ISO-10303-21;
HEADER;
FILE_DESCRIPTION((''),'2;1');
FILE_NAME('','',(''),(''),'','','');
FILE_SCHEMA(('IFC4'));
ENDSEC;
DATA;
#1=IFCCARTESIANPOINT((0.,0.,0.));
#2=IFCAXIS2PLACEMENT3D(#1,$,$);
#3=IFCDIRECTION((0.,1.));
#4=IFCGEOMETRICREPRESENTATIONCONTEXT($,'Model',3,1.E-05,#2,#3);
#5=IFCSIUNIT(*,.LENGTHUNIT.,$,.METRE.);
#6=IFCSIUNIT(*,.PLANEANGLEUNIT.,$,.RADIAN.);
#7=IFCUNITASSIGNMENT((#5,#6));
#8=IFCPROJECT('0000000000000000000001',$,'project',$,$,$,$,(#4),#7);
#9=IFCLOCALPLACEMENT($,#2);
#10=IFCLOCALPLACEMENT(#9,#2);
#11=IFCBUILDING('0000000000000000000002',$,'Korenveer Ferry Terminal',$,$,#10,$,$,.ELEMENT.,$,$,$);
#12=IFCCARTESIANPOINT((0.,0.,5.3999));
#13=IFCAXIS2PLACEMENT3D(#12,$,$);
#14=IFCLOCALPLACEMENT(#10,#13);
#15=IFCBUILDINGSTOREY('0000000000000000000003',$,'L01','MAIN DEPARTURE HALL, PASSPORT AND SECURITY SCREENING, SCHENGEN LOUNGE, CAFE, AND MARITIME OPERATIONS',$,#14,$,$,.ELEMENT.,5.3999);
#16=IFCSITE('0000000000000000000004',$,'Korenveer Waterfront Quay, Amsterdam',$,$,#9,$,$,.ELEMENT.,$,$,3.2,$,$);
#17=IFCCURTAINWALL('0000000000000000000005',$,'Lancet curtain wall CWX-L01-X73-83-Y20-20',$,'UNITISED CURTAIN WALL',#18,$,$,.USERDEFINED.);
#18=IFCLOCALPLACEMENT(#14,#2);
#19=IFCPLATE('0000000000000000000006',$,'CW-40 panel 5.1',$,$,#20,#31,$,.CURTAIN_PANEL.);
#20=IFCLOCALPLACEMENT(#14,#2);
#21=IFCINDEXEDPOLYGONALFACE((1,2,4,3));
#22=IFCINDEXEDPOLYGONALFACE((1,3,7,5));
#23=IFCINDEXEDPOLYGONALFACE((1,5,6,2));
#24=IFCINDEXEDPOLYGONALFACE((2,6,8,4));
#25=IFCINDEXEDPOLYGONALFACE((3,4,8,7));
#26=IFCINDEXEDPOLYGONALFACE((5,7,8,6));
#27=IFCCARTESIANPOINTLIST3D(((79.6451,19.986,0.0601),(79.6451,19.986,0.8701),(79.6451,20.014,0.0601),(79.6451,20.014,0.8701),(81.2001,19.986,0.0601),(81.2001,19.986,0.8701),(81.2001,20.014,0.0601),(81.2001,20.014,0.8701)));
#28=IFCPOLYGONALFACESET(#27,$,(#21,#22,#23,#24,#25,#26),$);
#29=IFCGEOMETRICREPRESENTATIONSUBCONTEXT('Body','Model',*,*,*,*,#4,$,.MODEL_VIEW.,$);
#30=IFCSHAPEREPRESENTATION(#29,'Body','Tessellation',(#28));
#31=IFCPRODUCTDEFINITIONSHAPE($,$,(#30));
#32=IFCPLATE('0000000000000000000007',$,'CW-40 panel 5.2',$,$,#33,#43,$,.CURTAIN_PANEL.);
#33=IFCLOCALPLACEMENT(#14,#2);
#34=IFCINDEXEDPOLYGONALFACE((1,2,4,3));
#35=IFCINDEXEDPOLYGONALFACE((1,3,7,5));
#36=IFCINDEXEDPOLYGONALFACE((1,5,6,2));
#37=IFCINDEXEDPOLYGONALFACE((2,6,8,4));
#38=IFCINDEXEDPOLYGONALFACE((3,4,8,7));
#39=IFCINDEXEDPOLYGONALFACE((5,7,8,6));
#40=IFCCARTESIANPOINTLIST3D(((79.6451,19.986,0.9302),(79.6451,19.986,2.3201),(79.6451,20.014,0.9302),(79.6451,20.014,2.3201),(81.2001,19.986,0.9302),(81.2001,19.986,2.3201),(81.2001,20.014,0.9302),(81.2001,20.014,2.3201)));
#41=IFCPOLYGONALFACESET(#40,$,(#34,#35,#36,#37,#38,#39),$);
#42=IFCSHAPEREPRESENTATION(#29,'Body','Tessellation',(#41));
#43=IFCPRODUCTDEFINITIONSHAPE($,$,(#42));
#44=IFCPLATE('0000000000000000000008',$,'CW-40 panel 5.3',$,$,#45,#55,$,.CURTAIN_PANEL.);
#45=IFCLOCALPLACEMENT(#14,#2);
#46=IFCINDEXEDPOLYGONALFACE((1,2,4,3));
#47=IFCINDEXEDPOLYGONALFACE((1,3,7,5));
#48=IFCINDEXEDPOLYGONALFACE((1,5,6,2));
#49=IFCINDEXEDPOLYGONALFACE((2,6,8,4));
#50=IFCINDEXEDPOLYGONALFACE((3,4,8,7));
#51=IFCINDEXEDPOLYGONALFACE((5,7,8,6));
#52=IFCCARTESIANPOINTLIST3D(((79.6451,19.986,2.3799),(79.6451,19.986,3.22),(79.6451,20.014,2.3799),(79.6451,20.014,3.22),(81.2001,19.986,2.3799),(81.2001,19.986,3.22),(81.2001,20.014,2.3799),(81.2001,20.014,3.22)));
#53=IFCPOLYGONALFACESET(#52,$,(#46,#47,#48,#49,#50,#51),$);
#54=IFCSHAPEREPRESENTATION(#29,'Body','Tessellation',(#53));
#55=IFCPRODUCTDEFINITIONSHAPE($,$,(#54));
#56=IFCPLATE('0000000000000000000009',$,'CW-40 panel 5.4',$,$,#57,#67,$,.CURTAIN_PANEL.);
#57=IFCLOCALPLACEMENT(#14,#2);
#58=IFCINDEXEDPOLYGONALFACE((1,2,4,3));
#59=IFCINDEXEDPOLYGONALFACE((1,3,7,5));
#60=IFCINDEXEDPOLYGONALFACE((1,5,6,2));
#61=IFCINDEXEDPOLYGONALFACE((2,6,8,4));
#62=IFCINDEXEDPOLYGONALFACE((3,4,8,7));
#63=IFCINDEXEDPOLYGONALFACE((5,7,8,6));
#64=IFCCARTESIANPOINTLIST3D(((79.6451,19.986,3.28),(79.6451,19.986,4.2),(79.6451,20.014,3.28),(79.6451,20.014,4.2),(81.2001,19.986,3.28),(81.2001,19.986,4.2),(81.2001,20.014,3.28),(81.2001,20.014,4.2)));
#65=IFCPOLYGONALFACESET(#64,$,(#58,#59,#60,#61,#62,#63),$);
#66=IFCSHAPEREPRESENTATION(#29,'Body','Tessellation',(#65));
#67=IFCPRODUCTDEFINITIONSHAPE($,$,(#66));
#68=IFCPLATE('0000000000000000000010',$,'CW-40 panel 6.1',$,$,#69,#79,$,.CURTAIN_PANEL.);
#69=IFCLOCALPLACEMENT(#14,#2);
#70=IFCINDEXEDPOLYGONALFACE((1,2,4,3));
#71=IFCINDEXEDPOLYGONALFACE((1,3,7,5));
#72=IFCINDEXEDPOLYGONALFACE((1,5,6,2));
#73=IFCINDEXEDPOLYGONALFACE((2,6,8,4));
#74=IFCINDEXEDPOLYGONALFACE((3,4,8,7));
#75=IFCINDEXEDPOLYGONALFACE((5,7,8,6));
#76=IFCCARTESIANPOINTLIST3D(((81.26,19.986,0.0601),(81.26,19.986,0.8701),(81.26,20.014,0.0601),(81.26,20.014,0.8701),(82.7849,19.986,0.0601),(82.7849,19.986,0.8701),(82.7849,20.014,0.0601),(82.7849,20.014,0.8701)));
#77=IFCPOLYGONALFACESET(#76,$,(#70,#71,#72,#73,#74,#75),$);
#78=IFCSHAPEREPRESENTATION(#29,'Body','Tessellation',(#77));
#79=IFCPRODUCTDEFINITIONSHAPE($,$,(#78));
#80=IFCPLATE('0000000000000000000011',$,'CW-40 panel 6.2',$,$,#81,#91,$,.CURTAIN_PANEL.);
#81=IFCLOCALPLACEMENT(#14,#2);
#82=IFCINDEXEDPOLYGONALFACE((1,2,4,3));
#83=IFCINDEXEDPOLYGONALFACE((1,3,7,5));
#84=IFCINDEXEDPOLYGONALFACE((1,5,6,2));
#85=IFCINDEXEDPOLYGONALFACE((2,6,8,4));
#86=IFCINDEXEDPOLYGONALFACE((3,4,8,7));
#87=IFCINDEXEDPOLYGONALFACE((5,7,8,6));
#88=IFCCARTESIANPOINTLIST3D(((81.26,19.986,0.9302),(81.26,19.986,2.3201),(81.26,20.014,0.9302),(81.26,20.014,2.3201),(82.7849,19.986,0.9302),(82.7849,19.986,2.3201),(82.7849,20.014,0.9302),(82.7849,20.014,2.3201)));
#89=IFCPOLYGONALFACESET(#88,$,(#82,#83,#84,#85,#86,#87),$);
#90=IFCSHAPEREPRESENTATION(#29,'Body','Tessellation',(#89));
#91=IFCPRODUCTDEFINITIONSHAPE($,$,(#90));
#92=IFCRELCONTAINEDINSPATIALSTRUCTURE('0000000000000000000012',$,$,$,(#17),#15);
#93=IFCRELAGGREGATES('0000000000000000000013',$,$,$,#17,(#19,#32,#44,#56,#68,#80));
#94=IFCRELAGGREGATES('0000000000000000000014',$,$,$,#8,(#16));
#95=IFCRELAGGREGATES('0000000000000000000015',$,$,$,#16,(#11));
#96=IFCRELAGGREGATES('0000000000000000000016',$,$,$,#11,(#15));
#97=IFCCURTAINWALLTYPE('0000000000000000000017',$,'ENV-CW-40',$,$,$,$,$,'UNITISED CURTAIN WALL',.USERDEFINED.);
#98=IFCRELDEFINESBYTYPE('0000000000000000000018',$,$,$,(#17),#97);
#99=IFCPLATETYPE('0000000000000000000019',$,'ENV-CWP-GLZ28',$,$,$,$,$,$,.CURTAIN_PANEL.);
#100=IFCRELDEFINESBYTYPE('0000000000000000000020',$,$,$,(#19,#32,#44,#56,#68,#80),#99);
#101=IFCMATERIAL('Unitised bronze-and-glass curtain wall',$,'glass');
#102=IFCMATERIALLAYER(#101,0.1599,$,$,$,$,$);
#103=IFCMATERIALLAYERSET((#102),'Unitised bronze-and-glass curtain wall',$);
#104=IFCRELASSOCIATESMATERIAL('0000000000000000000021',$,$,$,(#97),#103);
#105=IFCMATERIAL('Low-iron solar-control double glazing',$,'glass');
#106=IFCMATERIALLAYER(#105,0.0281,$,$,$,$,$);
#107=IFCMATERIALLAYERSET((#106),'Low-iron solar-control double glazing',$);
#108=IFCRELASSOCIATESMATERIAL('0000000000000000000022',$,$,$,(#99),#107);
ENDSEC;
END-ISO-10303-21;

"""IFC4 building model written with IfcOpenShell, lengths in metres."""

from ifc_helpers import new_model, si_unit, direction, frame, origin, origin_2d, place, context, subcontext, project, spatial, rectangle, extrude, material, layer, layer_set, type_object, element, aggregate, save


model = new_model("IFC4")

# Units and contexts
model_context = context("Model", 3, precision=1e-05, world=origin(), true_north=direction((0.0, 1.0)))
body_context = subcontext(model_context, "Body", "Model", "MODEL_VIEW")
ifc_project = project(units=[si_unit("LENGTHUNIT", "METRE"), si_unit("PLANEANGLEUNIT", "RADIAN")], contexts=[model_context])

# Site, building, storey
site_placement = place(None, origin())
site = spatial("IfcSite", under=ifc_project, at=site_placement, Name="Korenveer Waterfront Quay, Amsterdam", CompositionType="ELEMENT", RefElevation=3.2)
building_placement = place(site_placement, origin())
building = spatial("IfcBuilding", under=site, at=building_placement, Name="Korenveer Ferry Terminal", CompositionType="ELEMENT")
storey_placement = place(building_placement, frame((0.0, 0.0, 5.3999)))
storey = spatial("IfcBuildingStorey", under=building, at=storey_placement, Name="L01", Description="MAIN DEPARTURE HALL, PASSPORT AND SECURITY SCREENING, SCHENGEN LOUNGE, CAFE, AND MARITIME OPERATIONS", CompositionType="ELEMENT", Elevation=5.3999)

# Curtain wall, plates
ifc_material_1 = material(Name="Unitised bronze-and-glass curtain wall", Category="glass")
ifc_layer_1 = layer(ifc_material_1, 0.1599)
ifc_layer_set_1 = layer_set([ifc_layer_1], Name="Unitised bronze-and-glass curtain wall")
curtain_wall_type = type_object("IfcCurtainWallType", Name="ENV-CW-40", ElementType="UNITISED CURTAIN WALL", PredefinedType="USERDEFINED", material=ifc_layer_set_1)
curtain_wall_placement = place(storey_placement, frame((73.155, 20.0, 0.0)))
curtain_wall = element("IfcCurtainWall", 1, at=curtain_wall_placement, inside=storey, type_object=curtain_wall_type, Name="Lancet curtain wall CWX-L01-X73-83-Y20-20", ObjectType="UNITISED CURTAIN WALL", PredefinedType="USERDEFINED")
ifc_material_2 = material(Name="Low-iron solar-control double glazing", Category="glass")
ifc_layer_2 = layer(ifc_material_2, 0.0281)
ifc_layer_set_2 = layer_set([ifc_layer_2], Name="Low-iron solar-control double glazing")
plate_type = type_object("IfcPlateType", Name="ENV-CWP-GLZ28", PredefinedType="CURTAIN_PANEL", material=ifc_layer_set_2)
plate_1_placement = place(storey_placement, frame((80.4226, 20.0, 0.0601), z_axis=(0.0, 0.0, 1.0), x_axis=(1.0, 0.0, 0.0)))
plate_1 = element("IfcPlate", 2, at=plate_1_placement, type_object=plate_type, Name="CW-40 panel 5.1", PredefinedType="CURTAIN_PANEL", context=body_context, shape_type="SweptSolid", body=[
    extrude(rectangle(XDim=1.5549, YDim=0.0281, at=origin_2d()), origin(), (0.0, 0.0, 1.0), 0.8101),
])
plate_2_placement = place(storey_placement, frame((80.4226, 20.0, 0.9302), z_axis=(0.0, 0.0, 1.0), x_axis=(1.0, 0.0, 0.0)))
plate_2 = element("IfcPlate", 3, at=plate_2_placement, type_object=plate_type, Name="CW-40 panel 5.2", PredefinedType="CURTAIN_PANEL", context=body_context, shape_type="SweptSolid", body=[
    extrude(rectangle(XDim=1.5549, YDim=0.0281, at=origin_2d()), origin(), (0.0, 0.0, 1.0), 1.3899),
])
plate_3_placement = place(storey_placement, frame((80.4226, 20.0, 2.3799), z_axis=(0.0, 0.0, 1.0), x_axis=(1.0, 0.0, 0.0)))
plate_3 = element("IfcPlate", 4, at=plate_3_placement, type_object=plate_type, Name="CW-40 panel 5.3", PredefinedType="CURTAIN_PANEL", context=body_context, shape_type="SweptSolid", body=[
    extrude(rectangle(XDim=1.5549, YDim=0.0281, at=origin_2d()), origin(), (0.0, 0.0, 1.0), 0.8401),
])
plate_4_placement = place(storey_placement, frame((80.4226, 20.0, 3.28), z_axis=(0.0, 0.0, 1.0), x_axis=(1.0, 0.0, 0.0)))
plate_4 = element("IfcPlate", 5, at=plate_4_placement, type_object=plate_type, Name="CW-40 panel 5.4", PredefinedType="CURTAIN_PANEL", context=body_context, shape_type="SweptSolid", body=[
    extrude(rectangle(XDim=1.5549, YDim=0.0281, at=origin_2d()), origin(), (0.0, 0.0, 1.0), 0.9199),
])
plate_5_placement = place(storey_placement, frame((82.0225, 20.0, 0.0601), z_axis=(0.0, 0.0, 1.0), x_axis=(1.0, 0.0, 0.0)))
plate_5 = element("IfcPlate", 6, at=plate_5_placement, type_object=plate_type, Name="CW-40 panel 6.1", PredefinedType="CURTAIN_PANEL", context=body_context, shape_type="SweptSolid", body=[
    extrude(rectangle(XDim=1.5249, YDim=0.0281, at=origin_2d()), origin(), (0.0, 0.0, 1.0), 0.8101),
])
plate_6_placement = place(storey_placement, frame((82.0225, 20.0, 0.9302), z_axis=(0.0, 0.0, 1.0), x_axis=(1.0, 0.0, 0.0)))
plate_6 = element("IfcPlate", 7, at=plate_6_placement, type_object=plate_type, Name="CW-40 panel 6.2", PredefinedType="CURTAIN_PANEL", context=body_context, shape_type="SweptSolid", body=[
    extrude(rectangle(XDim=1.5249, YDim=0.0281, at=origin_2d()), origin(), (0.0, 0.0, 1.0), 1.3899),
])
aggregate(curtain_wall, [plate_1, plate_2, plate_3, plate_4, plate_5, plate_6])

save(model, "model.ifc")
